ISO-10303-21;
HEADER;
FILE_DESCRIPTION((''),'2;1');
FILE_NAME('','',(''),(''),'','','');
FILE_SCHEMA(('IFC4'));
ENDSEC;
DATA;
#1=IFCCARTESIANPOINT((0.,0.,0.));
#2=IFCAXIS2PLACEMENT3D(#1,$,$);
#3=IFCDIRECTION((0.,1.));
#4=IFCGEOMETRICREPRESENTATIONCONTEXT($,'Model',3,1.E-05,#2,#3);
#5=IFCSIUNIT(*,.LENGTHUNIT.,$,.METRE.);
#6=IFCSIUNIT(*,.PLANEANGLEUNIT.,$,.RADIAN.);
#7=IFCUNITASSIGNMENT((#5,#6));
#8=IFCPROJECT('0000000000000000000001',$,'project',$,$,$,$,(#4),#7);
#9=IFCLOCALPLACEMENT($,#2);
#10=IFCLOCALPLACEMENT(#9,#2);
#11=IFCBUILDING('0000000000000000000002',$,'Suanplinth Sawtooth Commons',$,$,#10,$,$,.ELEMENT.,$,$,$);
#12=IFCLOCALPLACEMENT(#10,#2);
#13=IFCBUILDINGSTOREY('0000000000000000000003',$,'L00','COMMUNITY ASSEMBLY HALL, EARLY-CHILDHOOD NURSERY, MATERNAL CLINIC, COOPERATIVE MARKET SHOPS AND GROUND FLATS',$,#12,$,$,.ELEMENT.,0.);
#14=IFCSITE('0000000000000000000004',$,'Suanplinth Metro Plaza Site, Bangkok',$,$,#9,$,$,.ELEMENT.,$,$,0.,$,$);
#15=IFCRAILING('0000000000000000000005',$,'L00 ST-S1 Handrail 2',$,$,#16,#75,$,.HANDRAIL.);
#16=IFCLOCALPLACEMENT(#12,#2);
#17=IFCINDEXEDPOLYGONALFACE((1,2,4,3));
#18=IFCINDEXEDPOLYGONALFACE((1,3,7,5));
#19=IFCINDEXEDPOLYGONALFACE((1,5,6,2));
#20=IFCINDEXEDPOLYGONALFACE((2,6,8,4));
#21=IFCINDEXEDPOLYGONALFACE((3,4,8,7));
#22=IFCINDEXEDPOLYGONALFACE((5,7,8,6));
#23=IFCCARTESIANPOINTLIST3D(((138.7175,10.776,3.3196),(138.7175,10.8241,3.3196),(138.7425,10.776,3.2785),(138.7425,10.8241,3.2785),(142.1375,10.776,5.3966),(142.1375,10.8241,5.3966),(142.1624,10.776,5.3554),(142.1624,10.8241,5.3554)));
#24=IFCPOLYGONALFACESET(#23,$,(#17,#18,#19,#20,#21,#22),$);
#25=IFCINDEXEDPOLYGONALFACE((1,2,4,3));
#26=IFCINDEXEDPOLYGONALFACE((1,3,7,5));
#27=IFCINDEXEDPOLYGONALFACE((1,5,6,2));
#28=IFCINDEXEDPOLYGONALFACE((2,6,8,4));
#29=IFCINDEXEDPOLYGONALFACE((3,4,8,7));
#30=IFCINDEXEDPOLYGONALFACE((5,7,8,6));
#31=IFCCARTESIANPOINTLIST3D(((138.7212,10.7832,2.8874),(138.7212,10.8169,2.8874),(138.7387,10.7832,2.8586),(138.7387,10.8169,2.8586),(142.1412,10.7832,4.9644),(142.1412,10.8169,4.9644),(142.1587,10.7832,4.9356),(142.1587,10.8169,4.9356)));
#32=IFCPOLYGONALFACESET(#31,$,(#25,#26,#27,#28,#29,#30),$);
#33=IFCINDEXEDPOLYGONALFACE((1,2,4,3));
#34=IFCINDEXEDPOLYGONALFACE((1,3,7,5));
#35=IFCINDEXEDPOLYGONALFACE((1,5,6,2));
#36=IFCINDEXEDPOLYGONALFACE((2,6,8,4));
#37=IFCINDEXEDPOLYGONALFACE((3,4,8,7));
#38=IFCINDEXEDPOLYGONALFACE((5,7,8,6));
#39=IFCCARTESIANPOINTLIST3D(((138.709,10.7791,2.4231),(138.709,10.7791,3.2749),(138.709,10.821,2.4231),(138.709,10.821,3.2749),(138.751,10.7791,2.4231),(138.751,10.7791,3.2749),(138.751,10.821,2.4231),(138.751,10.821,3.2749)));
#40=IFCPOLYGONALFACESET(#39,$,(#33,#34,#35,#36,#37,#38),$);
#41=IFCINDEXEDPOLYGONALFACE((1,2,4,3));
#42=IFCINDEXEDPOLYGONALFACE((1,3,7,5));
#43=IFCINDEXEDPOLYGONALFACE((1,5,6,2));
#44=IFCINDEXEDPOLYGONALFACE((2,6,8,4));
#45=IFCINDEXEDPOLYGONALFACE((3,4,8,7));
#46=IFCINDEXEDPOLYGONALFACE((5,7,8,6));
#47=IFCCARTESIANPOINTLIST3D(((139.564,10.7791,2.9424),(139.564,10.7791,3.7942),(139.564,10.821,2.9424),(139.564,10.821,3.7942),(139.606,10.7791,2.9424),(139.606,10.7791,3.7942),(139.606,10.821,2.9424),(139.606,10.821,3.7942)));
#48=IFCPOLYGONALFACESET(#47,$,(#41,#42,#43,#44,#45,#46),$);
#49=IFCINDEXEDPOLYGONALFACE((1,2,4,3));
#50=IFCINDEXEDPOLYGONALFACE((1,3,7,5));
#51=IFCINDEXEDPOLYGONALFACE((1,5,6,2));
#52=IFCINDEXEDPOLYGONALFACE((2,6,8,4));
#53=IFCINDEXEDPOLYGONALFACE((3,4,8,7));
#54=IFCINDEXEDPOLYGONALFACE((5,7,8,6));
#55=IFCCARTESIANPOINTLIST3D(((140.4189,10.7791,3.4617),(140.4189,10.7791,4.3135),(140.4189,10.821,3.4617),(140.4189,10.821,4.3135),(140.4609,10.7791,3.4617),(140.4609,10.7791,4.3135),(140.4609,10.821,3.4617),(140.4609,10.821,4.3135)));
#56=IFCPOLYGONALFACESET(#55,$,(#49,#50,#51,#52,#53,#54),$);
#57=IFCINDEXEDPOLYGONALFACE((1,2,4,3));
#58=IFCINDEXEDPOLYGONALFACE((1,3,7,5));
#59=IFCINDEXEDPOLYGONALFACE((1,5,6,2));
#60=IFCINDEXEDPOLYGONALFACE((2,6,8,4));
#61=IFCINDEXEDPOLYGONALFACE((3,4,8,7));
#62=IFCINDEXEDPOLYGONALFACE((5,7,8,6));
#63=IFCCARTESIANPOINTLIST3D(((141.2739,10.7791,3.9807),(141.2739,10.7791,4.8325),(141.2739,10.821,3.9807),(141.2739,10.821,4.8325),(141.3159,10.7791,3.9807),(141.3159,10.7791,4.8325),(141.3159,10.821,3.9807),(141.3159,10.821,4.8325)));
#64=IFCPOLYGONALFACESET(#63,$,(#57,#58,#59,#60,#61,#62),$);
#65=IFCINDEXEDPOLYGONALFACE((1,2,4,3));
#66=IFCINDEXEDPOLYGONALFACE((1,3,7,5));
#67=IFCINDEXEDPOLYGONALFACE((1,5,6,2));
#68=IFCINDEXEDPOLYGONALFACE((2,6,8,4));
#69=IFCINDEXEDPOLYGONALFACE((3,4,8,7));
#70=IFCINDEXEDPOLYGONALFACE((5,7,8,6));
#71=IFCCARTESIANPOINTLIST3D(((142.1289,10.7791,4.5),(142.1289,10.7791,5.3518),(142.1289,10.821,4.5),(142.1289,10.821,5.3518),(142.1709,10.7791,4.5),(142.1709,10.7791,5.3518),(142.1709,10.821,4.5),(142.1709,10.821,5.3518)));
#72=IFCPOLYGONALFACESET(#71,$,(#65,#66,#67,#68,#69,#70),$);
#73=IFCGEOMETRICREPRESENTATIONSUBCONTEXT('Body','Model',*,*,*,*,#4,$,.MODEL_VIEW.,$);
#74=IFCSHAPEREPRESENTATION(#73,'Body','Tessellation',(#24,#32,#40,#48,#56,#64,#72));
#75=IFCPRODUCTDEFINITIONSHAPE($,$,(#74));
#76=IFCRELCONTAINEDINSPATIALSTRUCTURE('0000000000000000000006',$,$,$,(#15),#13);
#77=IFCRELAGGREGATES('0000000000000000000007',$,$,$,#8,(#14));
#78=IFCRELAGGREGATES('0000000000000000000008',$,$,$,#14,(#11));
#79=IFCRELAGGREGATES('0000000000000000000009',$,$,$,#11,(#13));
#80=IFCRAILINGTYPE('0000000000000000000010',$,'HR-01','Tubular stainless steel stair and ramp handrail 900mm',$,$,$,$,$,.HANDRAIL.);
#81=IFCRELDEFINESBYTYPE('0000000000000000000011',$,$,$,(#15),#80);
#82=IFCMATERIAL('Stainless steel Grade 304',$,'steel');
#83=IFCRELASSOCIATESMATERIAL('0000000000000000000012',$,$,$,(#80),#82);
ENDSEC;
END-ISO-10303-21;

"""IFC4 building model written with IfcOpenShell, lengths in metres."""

from ifc_helpers import new_model, si_unit, direction, frame, origin, origin_2d, place, context, subcontext, project, spatial, rectangle, extrude, material, type_object, element, save


model = new_model("IFC4")

# Units and contexts
model_context = context("Model", 3, precision=1e-05, world=origin(), true_north=direction((0.0, 1.0)))
body_context = subcontext(model_context, "Body", "Model", "MODEL_VIEW")
ifc_project = project(units=[si_unit("LENGTHUNIT", "METRE"), si_unit("PLANEANGLEUNIT", "RADIAN")], contexts=[model_context])

# Site, building, storey
site_placement = place(None, origin())
site = spatial("IfcSite", under=ifc_project, at=site_placement, Name="Suanplinth Metro Plaza Site, Bangkok", CompositionType="ELEMENT", RefElevation=0.0)
building_placement = place(site_placement, origin())
building = spatial("IfcBuilding", under=site, at=building_placement, Name="Suanplinth Sawtooth Commons", CompositionType="ELEMENT")
storey_placement = place(building_placement, origin())
storey = spatial("IfcBuildingStorey", under=building, at=storey_placement, Name="L00", Description="COMMUNITY ASSEMBLY HALL, EARLY-CHILDHOOD NURSERY, MATERNAL CLINIC, COOPERATIVE MARKET SHOPS AND GROUND FLATS", CompositionType="ELEMENT", Elevation=0.0)

# Railing
ifc_material_1 = material(Name="Stainless steel Grade 304", Category="steel")
railing_type_1 = type_object("IfcRailingType", Name="HR-01", Description="Tubular stainless steel stair and ramp handrail 900mm", PredefinedType="HANDRAIL", material=ifc_material_1)
railing_1_placement = place(storey_placement, frame((138.73, 10.8, 2.4231)))
element("IfcRailing", 1, at=railing_1_placement, inside=storey, type_object=railing_type_1, Name="L00 ST-S1 Handrail 2", PredefinedType="HANDRAIL", context=body_context, shape_type="SweptSolid", body=[
    extrude(rectangle(XDim=0.0481, YDim=0.0481, at=origin_2d()), frame((0.0, 0.0, 0.876), z_axis=(0.85473, 0.0, 0.519074), x_axis=(0.0, 1.0, 0.0)), (0.0, 0.0, 1.0), 4.0012),
    extrude(rectangle(XDim=0.0337, YDim=0.0337, at=origin_2d()), frame((0.0, 0.0, 0.45), z_axis=(0.85473, 0.0, 0.519074), x_axis=(0.0, 1.0, 0.0)), (0.0, 0.0, 1.0), 4.0012),
    extrude(rectangle(XDim=0.042, YDim=0.042, at=origin_2d()), origin(), (0.0, 0.0, 1.0), 0.8518),
    extrude(rectangle(XDim=0.042, YDim=0.042, at=origin_2d()), frame((0.855, 0.0, 0.5193)), (0.0, 0.0, 1.0), 0.8518),
    extrude(rectangle(XDim=0.042, YDim=0.042, at=origin_2d()), frame((1.71, 0.0, 1.0386)), (0.0, 0.0, 1.0), 0.8518),
    extrude(rectangle(XDim=0.042, YDim=0.042, at=origin_2d()), frame((2.5649, 0.0, 1.5576)), (0.0, 0.0, 1.0), 0.8518),
    extrude(rectangle(XDim=0.042, YDim=0.042, at=origin_2d()), frame((3.4199, 0.0, 2.0769)), (0.0, 0.0, 1.0), 0.8518),
])

save(model, "model.ifc")
